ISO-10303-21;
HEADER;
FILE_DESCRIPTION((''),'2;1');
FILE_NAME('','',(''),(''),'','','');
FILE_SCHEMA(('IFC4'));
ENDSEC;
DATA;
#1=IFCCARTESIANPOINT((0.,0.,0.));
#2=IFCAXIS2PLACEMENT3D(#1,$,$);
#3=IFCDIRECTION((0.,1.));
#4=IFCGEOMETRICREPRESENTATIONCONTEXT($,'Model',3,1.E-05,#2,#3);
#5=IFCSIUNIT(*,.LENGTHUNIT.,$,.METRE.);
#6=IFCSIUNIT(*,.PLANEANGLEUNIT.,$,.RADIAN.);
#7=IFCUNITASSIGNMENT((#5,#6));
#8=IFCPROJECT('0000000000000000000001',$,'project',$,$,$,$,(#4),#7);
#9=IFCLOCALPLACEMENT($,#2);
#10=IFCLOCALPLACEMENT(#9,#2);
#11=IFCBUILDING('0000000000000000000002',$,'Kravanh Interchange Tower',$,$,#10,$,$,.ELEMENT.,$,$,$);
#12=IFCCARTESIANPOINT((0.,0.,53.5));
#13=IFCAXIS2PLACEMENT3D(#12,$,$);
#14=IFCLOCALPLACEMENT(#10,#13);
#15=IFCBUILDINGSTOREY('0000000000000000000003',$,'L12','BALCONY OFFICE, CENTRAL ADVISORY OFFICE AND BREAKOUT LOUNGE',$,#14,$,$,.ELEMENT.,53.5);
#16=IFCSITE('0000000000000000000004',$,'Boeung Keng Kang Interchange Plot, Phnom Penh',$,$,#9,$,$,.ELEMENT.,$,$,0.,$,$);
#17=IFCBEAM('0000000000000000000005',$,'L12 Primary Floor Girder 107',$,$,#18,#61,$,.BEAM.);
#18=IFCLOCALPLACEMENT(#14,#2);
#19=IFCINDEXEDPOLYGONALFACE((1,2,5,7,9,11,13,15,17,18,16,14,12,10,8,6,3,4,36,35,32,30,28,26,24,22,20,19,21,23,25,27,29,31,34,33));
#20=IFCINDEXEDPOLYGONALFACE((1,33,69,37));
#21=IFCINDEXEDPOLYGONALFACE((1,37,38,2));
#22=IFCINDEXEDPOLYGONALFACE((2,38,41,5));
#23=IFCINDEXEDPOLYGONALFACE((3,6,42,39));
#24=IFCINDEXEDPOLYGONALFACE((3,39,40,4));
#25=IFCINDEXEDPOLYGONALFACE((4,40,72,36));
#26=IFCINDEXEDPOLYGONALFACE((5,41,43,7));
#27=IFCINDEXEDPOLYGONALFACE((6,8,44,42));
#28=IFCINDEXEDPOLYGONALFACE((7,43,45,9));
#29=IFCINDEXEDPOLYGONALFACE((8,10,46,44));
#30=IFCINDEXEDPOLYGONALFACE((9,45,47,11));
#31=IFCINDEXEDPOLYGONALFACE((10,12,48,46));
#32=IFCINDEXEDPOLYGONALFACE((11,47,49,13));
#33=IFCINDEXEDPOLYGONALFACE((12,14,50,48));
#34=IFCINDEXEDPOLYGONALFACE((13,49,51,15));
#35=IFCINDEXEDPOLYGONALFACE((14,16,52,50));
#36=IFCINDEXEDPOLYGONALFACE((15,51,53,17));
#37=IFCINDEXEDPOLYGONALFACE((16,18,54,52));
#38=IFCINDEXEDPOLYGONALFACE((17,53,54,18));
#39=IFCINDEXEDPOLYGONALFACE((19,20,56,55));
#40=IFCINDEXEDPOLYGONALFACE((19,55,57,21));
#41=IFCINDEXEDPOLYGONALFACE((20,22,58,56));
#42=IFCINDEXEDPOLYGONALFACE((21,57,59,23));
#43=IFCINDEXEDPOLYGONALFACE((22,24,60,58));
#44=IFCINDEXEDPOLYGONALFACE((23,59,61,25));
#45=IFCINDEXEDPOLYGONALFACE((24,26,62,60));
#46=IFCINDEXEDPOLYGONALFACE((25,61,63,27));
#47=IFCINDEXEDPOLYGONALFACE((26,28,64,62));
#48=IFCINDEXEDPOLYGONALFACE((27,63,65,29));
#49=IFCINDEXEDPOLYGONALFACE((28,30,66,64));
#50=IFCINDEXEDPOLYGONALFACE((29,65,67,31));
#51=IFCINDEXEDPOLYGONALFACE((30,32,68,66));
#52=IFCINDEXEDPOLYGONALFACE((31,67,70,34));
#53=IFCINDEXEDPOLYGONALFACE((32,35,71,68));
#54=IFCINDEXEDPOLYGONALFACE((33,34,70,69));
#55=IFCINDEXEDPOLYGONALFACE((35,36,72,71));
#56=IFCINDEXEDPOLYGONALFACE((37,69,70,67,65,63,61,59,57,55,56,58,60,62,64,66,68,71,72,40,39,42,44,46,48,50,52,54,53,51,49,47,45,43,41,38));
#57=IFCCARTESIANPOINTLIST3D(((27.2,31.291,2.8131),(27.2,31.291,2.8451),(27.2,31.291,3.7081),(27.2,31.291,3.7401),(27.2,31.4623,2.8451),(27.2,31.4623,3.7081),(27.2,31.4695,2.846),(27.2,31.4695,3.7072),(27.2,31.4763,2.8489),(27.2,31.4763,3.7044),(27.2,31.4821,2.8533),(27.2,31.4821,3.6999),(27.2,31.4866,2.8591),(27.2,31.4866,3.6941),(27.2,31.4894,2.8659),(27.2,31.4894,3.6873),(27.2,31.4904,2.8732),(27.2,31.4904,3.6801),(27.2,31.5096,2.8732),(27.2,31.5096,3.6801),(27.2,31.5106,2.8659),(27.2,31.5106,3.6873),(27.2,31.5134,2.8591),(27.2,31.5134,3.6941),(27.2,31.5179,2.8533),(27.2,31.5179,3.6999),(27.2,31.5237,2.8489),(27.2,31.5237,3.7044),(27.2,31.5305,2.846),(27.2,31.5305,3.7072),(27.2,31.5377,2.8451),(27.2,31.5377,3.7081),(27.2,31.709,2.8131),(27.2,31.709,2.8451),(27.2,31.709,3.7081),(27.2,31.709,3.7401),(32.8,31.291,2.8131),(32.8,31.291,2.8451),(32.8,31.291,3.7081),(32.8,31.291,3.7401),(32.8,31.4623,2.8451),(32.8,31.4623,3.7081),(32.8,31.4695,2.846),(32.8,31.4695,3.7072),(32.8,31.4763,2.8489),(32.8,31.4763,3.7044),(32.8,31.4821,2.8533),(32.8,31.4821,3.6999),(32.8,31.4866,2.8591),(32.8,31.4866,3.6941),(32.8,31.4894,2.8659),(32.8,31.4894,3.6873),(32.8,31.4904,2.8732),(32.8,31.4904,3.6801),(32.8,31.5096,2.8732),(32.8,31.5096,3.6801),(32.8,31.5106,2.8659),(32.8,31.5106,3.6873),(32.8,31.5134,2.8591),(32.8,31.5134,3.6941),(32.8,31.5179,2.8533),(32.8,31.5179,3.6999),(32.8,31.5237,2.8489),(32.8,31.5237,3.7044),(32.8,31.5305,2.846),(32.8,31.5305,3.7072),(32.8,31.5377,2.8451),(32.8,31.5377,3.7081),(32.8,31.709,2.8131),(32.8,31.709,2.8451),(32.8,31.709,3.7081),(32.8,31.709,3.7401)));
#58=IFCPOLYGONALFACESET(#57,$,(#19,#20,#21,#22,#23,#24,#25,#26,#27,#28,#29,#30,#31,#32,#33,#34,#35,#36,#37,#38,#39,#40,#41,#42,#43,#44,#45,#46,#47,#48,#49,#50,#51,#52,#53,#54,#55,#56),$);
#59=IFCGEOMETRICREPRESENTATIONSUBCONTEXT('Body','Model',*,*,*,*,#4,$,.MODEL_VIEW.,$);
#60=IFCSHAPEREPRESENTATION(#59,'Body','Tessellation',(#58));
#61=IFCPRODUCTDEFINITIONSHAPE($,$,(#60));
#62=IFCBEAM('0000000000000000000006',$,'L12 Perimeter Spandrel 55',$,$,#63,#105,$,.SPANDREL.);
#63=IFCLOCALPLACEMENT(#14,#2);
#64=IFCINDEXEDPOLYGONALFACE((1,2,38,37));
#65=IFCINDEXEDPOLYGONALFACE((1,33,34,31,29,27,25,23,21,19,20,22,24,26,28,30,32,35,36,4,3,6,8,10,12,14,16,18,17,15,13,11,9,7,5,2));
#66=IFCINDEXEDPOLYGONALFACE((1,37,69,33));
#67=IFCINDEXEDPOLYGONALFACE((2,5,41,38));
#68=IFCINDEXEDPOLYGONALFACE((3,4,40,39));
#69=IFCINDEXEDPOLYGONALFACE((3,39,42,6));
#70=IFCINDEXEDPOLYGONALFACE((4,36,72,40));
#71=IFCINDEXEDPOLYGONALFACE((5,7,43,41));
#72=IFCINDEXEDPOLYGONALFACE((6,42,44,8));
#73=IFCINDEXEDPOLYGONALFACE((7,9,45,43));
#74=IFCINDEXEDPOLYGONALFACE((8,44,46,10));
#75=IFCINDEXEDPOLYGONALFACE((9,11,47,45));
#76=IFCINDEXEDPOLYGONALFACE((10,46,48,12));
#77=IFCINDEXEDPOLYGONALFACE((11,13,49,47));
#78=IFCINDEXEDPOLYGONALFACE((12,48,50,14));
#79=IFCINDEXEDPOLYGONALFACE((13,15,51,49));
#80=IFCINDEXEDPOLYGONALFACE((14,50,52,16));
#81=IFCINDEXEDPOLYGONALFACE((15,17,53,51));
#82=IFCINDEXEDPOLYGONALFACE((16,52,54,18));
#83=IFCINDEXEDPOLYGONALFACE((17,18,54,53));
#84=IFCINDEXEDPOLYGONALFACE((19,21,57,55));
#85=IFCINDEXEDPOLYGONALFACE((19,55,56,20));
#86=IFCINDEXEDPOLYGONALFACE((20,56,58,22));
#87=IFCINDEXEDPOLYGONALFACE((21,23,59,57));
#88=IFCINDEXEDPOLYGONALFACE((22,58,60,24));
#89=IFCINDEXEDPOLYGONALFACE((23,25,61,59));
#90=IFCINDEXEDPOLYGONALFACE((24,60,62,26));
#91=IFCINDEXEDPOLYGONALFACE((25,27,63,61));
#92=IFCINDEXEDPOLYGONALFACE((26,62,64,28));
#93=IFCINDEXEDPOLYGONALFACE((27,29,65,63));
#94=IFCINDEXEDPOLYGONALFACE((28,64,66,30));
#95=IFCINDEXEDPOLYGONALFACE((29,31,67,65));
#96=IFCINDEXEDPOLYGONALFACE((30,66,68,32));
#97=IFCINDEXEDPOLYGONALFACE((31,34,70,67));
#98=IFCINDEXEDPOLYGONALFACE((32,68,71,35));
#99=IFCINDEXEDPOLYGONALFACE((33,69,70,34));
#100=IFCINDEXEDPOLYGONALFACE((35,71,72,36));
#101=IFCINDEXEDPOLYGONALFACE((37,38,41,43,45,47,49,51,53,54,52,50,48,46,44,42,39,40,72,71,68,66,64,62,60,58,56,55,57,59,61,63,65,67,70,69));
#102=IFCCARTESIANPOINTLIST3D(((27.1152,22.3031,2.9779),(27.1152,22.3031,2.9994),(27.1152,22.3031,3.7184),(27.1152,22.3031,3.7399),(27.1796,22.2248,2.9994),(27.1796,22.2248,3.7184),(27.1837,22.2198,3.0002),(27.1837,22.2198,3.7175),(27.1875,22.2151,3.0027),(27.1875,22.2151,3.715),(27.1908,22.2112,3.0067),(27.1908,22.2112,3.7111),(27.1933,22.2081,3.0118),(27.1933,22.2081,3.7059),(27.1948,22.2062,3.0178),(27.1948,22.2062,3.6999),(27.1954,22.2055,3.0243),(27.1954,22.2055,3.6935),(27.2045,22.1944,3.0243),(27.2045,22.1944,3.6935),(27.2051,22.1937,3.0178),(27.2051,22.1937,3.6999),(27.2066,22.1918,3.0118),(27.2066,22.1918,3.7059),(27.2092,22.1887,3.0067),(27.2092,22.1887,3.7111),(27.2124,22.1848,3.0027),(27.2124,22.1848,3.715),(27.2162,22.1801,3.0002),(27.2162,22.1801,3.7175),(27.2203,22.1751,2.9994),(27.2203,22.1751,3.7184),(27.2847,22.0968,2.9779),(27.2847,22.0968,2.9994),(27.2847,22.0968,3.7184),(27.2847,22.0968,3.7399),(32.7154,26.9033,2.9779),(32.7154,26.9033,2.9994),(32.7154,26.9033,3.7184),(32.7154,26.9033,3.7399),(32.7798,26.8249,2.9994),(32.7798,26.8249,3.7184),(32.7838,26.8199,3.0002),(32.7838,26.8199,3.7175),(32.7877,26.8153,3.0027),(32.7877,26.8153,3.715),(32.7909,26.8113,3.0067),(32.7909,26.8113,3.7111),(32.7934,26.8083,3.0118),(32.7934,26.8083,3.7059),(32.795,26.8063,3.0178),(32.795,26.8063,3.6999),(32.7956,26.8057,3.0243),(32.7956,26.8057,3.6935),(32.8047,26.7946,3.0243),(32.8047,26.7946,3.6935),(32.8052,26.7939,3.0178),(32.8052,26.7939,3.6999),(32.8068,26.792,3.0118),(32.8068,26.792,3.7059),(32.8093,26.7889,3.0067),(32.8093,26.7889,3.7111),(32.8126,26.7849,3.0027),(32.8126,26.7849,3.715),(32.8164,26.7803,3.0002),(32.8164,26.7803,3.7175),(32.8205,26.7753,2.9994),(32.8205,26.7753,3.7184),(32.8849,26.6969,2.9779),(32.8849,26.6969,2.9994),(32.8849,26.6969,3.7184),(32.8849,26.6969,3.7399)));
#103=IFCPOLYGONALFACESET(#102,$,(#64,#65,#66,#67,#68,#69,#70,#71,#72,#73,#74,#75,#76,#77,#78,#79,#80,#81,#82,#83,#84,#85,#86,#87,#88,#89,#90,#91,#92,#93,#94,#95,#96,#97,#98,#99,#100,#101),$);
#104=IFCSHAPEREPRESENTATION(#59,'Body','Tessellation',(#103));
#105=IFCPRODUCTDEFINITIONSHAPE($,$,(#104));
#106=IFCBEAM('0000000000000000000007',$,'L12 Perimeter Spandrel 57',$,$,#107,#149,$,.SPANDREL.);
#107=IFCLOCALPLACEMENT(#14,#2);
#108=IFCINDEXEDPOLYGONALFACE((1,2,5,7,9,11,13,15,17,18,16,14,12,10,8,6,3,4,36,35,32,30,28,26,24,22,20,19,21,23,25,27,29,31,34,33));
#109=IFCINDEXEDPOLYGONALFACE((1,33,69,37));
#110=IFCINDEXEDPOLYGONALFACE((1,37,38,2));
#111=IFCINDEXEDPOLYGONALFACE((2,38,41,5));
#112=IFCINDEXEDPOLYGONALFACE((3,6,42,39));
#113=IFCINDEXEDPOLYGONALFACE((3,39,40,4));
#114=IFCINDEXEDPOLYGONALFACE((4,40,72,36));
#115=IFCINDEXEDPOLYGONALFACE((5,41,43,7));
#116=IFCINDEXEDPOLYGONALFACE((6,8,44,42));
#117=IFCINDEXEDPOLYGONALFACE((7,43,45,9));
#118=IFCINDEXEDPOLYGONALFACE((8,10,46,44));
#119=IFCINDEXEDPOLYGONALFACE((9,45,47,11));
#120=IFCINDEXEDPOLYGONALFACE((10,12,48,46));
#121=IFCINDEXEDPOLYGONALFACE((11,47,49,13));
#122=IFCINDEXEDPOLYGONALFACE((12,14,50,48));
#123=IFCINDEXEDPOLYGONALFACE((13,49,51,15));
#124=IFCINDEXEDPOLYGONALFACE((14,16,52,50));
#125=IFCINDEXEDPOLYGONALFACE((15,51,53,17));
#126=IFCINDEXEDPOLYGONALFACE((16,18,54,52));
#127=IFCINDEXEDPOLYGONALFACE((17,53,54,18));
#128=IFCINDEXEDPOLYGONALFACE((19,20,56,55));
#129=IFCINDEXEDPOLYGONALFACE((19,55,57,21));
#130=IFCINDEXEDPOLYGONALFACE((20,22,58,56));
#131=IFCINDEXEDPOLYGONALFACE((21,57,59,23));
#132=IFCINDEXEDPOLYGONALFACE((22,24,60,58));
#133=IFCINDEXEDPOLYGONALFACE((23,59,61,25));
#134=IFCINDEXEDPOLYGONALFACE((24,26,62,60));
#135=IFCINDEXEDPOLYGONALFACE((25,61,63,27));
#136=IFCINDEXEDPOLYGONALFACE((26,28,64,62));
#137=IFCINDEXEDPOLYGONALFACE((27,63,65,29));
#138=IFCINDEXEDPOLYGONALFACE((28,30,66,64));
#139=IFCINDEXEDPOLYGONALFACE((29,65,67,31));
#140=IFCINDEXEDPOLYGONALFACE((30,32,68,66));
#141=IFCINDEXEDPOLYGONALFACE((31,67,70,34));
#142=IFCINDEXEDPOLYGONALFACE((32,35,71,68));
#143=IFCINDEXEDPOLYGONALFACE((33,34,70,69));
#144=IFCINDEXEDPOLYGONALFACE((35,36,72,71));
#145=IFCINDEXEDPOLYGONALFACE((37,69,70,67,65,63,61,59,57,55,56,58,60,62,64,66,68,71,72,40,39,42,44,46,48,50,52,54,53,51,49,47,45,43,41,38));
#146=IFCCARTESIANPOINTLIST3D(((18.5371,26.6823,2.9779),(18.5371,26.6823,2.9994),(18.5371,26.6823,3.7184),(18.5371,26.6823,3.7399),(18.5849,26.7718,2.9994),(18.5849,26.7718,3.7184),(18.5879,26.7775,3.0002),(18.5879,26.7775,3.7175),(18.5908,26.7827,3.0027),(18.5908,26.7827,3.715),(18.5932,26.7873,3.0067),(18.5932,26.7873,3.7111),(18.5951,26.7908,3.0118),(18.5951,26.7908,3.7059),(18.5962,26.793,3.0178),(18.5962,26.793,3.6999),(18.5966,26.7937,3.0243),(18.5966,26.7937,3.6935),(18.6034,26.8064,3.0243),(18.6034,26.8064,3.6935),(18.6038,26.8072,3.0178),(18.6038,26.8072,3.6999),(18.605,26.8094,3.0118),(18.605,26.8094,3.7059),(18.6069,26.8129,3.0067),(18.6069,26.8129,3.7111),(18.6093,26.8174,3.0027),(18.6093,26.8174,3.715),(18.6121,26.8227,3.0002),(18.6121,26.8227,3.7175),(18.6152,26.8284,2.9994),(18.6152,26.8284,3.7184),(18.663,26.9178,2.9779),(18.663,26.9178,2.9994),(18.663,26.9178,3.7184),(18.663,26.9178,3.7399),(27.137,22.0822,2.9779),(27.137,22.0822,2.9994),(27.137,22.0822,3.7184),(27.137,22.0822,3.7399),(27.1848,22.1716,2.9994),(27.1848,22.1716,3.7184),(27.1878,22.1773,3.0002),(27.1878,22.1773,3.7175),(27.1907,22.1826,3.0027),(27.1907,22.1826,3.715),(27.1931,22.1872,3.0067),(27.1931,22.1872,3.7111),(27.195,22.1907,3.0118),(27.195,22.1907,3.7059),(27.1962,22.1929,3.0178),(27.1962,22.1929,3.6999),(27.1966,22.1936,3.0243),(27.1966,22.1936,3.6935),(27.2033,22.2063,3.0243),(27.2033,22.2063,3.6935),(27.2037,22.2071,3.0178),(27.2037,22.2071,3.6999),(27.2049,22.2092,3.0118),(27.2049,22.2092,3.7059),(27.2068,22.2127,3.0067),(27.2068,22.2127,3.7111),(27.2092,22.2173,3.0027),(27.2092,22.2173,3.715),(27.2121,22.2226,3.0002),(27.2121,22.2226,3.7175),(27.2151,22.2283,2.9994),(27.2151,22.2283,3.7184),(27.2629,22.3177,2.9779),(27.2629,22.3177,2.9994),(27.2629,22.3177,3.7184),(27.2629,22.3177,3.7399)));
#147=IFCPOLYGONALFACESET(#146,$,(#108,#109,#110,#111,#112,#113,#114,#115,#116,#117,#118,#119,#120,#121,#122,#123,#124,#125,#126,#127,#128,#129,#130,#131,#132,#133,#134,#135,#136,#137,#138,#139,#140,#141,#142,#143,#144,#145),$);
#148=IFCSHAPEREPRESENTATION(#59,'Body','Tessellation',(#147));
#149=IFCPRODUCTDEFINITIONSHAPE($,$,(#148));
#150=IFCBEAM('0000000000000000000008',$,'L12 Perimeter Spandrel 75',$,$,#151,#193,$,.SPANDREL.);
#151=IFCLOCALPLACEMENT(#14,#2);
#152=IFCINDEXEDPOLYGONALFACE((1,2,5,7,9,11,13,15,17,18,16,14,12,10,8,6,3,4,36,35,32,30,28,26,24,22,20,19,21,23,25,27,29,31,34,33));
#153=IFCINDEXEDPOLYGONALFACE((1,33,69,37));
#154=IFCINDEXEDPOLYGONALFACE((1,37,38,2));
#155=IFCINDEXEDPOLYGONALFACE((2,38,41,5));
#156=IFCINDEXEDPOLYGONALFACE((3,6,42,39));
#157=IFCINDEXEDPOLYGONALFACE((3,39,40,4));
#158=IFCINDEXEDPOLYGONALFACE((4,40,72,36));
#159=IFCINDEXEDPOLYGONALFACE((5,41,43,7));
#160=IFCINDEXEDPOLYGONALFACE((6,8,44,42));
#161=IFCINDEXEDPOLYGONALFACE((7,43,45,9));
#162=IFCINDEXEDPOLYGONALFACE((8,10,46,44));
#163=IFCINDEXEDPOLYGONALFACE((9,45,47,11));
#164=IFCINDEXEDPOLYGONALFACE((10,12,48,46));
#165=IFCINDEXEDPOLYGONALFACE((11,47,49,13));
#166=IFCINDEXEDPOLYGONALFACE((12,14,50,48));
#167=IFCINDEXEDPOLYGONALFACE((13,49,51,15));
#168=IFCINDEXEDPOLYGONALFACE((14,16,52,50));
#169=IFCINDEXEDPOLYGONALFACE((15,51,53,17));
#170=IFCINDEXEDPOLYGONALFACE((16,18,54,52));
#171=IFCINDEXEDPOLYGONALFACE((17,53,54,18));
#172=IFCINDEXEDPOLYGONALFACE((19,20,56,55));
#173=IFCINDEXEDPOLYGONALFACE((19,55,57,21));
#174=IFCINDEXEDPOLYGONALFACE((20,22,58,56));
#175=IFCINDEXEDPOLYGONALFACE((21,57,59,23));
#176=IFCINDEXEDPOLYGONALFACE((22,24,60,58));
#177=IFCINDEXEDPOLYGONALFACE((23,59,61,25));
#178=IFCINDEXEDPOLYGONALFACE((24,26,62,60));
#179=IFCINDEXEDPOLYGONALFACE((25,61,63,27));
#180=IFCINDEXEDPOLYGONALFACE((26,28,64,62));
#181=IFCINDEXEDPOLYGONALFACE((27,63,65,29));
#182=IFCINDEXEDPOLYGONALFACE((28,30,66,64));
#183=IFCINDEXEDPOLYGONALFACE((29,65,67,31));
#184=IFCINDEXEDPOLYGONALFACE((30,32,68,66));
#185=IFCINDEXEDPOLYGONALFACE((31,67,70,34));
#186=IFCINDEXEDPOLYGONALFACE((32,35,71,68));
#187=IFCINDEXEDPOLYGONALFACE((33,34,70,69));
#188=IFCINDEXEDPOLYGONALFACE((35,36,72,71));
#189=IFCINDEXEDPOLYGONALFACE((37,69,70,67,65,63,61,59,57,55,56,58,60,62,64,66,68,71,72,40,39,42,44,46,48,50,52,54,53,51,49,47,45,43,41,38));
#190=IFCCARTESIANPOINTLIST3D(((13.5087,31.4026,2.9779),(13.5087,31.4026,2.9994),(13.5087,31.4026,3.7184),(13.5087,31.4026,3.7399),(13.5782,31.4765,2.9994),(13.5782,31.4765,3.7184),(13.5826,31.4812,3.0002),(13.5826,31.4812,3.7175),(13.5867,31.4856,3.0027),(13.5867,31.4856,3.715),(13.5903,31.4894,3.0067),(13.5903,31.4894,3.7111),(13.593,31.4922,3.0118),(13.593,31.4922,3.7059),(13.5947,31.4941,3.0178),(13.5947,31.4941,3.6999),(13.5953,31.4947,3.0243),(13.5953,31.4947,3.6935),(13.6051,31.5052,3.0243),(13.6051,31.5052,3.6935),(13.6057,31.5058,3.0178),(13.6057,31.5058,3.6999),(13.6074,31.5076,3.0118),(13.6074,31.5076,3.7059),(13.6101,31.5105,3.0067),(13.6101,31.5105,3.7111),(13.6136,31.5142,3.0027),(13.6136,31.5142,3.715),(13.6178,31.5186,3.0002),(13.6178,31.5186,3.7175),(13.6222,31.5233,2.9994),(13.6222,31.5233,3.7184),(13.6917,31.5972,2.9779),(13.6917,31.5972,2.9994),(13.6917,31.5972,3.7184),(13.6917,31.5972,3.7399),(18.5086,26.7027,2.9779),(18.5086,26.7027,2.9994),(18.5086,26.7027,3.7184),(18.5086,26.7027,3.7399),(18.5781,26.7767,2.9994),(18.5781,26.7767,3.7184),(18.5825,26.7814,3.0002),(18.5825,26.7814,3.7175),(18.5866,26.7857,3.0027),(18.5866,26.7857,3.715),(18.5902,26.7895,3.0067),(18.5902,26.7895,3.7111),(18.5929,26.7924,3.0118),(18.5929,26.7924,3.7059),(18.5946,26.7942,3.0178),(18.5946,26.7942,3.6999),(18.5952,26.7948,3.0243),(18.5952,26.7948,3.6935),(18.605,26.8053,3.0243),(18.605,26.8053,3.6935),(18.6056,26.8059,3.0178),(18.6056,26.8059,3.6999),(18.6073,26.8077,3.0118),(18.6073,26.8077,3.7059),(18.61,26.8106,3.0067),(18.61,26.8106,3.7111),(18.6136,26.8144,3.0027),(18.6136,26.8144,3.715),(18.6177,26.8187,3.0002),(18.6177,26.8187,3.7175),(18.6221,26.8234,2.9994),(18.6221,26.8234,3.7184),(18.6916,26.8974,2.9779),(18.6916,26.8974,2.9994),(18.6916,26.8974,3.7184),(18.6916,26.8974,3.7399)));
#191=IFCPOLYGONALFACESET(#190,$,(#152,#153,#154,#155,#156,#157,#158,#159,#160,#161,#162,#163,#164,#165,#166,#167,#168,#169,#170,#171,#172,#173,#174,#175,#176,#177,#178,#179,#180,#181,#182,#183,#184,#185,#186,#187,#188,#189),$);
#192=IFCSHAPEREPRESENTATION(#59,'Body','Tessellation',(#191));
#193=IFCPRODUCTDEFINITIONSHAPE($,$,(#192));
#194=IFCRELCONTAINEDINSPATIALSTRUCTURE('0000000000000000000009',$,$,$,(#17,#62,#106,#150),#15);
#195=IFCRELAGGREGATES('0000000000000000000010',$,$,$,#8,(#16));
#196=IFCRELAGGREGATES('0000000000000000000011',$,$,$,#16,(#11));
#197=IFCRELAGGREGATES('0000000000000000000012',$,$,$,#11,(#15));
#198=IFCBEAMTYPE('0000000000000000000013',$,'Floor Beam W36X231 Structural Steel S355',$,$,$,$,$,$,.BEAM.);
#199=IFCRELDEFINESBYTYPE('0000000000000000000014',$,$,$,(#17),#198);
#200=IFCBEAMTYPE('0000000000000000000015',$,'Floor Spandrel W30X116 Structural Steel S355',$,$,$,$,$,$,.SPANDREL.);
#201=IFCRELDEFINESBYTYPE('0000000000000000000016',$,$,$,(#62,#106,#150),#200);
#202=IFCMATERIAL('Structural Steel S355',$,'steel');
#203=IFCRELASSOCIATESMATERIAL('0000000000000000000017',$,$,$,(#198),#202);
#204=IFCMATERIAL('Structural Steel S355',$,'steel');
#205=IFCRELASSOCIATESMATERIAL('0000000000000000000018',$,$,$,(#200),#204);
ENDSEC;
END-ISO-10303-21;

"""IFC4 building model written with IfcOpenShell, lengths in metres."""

from ifc_helpers import new_model, si_unit, direction, frame, origin, origin_2d, place, context, subcontext, project, spatial, i_section, extrude, material, material_profile, profile_set, type_object, element, save


model = new_model("IFC4")

# Units and contexts
model_context = context("Model", 3, precision=1e-05, world=origin(), true_north=direction((0.0, 1.0)))
body_context = subcontext(model_context, "Body", "Model", "MODEL_VIEW")
ifc_project = project(units=[si_unit("LENGTHUNIT", "METRE"), si_unit("PLANEANGLEUNIT", "RADIAN")], contexts=[model_context])

# Site, building, storey
site_placement = place(None, origin())
site = spatial("IfcSite", under=ifc_project, at=site_placement, Name="Boeung Keng Kang Interchange Plot, Phnom Penh", CompositionType="ELEMENT", RefElevation=0.0)
building_placement = place(site_placement, origin())
building = spatial("IfcBuilding", under=site, at=building_placement, Name="Kravanh Interchange Tower", CompositionType="ELEMENT")
storey_placement = place(building_placement, frame((0.0, 0.0, 53.5)))
storey = spatial("IfcBuildingStorey", under=building, at=storey_placement, Name="L12", Description="BALCONY OFFICE, CENTRAL ADVISORY OFFICE AND BREAKOUT LOUNGE", CompositionType="ELEMENT", Elevation=53.5)

# Beams
ifc_material_1 = material(Name="Structural Steel S355", Category="steel")
ifc_material_profile_1 = material_profile(ifc_material_1, i_section(OverallWidth=0.418, OverallDepth=0.927, WebThickness=0.0193, FlangeThickness=0.032, FilletRadius=0.0281, at=origin_2d()), Name="W36X231")
ifc_profile_set_1 = profile_set([ifc_material_profile_1], Name="Structural Steel S355")
beam_type_1 = type_object("IfcBeamType", Name="Floor Beam W36X231 Structural Steel S355", PredefinedType="BEAM", material=ifc_profile_set_1)
beam_1_placement = place(storey_placement, frame((27.2, 31.5, 3.2766), z_axis=(1.0, 0.0, 0.0), x_axis=(0.0, 1.0, 0.0)))
element("IfcBeam", 1, at=beam_1_placement, inside=storey, type_object=beam_type_1, Name="L12 Primary Floor Girder 107", PredefinedType="BEAM", context=body_context, shape_type="SweptSolid", body=[
    extrude(i_section(OverallWidth=0.418, OverallDepth=0.927, WebThickness=0.0193, FlangeThickness=0.032, FilletRadius=0.0281, at=origin_2d()), origin(), (0.0, 0.0, 1.0), 5.6001),
])
ifc_material_2 = material(Name="Structural Steel S355", Category="steel")
ifc_material_profile_2 = material_profile(ifc_material_2, i_section(OverallWidth=0.2671, OverallDepth=0.762, WebThickness=0.0144, FlangeThickness=0.0215, FilletRadius=0.0249, at=origin_2d()), Name="W30X116")
ifc_profile_set_2 = profile_set([ifc_material_profile_2], Name="Structural Steel S355")
beam_type_2 = type_object("IfcBeamType", Name="Floor Spandrel W30X116 Structural Steel S355", PredefinedType="SPANDREL", material=ifc_profile_set_2)
beam_2_placement = place(storey_placement, frame((27.2, 22.2, 3.3589), z_axis=(0.772725, 0.634741, 0.0), x_axis=(-0.634741, 0.772725, 0.0)))
element("IfcBeam", 2, at=beam_2_placement, inside=storey, type_object=beam_type_2, Name="L12 Perimeter Spandrel 55", PredefinedType="SPANDREL", context=body_context, shape_type="SweptSolid", body=[
    extrude(i_section(OverallWidth=0.2671, OverallDepth=0.762, WebThickness=0.0144, FlangeThickness=0.0215, FilletRadius=0.0249, at=origin_2d()), origin(), (0.0, 0.0, 1.0), 7.2473),
])
beam_3_placement = place(storey_placement, frame((27.2, 22.2, 3.3589), z_axis=(-0.881777, 0.471666, 0.0), x_axis=(-0.471666, -0.881777, 0.0)))
element("IfcBeam", 3, at=beam_3_placement, inside=storey, type_object=beam_type_2, Name="L12 Perimeter Spandrel 57", PredefinedType="SPANDREL", context=body_context, shape_type="SweptSolid", body=[
    extrude(i_section(OverallWidth=0.2671, OverallDepth=0.762, WebThickness=0.0144, FlangeThickness=0.0215, FilletRadius=0.0249, at=origin_2d()), origin(), (0.0, 0.0, 1.0), 9.7529),
])
beam_4_placement = place(storey_placement, frame((18.6001, 26.8, 3.3589), z_axis=(-0.728631, 0.684906, 0.0), x_axis=(-0.684906, -0.728631, 0.0)))
element("IfcBeam", 4, at=beam_4_placement, inside=storey, type_object=beam_type_2, Name="L12 Perimeter Spandrel 75", PredefinedType="SPANDREL", context=body_context, shape_type="SweptSolid", body=[
    extrude(i_section(OverallWidth=0.2671, OverallDepth=0.762, WebThickness=0.0144, FlangeThickness=0.0215, FilletRadius=0.0249, at=origin_2d()), origin(), (0.0, 0.0, 1.0), 6.8621),
])

save(model, "model.ifc")
